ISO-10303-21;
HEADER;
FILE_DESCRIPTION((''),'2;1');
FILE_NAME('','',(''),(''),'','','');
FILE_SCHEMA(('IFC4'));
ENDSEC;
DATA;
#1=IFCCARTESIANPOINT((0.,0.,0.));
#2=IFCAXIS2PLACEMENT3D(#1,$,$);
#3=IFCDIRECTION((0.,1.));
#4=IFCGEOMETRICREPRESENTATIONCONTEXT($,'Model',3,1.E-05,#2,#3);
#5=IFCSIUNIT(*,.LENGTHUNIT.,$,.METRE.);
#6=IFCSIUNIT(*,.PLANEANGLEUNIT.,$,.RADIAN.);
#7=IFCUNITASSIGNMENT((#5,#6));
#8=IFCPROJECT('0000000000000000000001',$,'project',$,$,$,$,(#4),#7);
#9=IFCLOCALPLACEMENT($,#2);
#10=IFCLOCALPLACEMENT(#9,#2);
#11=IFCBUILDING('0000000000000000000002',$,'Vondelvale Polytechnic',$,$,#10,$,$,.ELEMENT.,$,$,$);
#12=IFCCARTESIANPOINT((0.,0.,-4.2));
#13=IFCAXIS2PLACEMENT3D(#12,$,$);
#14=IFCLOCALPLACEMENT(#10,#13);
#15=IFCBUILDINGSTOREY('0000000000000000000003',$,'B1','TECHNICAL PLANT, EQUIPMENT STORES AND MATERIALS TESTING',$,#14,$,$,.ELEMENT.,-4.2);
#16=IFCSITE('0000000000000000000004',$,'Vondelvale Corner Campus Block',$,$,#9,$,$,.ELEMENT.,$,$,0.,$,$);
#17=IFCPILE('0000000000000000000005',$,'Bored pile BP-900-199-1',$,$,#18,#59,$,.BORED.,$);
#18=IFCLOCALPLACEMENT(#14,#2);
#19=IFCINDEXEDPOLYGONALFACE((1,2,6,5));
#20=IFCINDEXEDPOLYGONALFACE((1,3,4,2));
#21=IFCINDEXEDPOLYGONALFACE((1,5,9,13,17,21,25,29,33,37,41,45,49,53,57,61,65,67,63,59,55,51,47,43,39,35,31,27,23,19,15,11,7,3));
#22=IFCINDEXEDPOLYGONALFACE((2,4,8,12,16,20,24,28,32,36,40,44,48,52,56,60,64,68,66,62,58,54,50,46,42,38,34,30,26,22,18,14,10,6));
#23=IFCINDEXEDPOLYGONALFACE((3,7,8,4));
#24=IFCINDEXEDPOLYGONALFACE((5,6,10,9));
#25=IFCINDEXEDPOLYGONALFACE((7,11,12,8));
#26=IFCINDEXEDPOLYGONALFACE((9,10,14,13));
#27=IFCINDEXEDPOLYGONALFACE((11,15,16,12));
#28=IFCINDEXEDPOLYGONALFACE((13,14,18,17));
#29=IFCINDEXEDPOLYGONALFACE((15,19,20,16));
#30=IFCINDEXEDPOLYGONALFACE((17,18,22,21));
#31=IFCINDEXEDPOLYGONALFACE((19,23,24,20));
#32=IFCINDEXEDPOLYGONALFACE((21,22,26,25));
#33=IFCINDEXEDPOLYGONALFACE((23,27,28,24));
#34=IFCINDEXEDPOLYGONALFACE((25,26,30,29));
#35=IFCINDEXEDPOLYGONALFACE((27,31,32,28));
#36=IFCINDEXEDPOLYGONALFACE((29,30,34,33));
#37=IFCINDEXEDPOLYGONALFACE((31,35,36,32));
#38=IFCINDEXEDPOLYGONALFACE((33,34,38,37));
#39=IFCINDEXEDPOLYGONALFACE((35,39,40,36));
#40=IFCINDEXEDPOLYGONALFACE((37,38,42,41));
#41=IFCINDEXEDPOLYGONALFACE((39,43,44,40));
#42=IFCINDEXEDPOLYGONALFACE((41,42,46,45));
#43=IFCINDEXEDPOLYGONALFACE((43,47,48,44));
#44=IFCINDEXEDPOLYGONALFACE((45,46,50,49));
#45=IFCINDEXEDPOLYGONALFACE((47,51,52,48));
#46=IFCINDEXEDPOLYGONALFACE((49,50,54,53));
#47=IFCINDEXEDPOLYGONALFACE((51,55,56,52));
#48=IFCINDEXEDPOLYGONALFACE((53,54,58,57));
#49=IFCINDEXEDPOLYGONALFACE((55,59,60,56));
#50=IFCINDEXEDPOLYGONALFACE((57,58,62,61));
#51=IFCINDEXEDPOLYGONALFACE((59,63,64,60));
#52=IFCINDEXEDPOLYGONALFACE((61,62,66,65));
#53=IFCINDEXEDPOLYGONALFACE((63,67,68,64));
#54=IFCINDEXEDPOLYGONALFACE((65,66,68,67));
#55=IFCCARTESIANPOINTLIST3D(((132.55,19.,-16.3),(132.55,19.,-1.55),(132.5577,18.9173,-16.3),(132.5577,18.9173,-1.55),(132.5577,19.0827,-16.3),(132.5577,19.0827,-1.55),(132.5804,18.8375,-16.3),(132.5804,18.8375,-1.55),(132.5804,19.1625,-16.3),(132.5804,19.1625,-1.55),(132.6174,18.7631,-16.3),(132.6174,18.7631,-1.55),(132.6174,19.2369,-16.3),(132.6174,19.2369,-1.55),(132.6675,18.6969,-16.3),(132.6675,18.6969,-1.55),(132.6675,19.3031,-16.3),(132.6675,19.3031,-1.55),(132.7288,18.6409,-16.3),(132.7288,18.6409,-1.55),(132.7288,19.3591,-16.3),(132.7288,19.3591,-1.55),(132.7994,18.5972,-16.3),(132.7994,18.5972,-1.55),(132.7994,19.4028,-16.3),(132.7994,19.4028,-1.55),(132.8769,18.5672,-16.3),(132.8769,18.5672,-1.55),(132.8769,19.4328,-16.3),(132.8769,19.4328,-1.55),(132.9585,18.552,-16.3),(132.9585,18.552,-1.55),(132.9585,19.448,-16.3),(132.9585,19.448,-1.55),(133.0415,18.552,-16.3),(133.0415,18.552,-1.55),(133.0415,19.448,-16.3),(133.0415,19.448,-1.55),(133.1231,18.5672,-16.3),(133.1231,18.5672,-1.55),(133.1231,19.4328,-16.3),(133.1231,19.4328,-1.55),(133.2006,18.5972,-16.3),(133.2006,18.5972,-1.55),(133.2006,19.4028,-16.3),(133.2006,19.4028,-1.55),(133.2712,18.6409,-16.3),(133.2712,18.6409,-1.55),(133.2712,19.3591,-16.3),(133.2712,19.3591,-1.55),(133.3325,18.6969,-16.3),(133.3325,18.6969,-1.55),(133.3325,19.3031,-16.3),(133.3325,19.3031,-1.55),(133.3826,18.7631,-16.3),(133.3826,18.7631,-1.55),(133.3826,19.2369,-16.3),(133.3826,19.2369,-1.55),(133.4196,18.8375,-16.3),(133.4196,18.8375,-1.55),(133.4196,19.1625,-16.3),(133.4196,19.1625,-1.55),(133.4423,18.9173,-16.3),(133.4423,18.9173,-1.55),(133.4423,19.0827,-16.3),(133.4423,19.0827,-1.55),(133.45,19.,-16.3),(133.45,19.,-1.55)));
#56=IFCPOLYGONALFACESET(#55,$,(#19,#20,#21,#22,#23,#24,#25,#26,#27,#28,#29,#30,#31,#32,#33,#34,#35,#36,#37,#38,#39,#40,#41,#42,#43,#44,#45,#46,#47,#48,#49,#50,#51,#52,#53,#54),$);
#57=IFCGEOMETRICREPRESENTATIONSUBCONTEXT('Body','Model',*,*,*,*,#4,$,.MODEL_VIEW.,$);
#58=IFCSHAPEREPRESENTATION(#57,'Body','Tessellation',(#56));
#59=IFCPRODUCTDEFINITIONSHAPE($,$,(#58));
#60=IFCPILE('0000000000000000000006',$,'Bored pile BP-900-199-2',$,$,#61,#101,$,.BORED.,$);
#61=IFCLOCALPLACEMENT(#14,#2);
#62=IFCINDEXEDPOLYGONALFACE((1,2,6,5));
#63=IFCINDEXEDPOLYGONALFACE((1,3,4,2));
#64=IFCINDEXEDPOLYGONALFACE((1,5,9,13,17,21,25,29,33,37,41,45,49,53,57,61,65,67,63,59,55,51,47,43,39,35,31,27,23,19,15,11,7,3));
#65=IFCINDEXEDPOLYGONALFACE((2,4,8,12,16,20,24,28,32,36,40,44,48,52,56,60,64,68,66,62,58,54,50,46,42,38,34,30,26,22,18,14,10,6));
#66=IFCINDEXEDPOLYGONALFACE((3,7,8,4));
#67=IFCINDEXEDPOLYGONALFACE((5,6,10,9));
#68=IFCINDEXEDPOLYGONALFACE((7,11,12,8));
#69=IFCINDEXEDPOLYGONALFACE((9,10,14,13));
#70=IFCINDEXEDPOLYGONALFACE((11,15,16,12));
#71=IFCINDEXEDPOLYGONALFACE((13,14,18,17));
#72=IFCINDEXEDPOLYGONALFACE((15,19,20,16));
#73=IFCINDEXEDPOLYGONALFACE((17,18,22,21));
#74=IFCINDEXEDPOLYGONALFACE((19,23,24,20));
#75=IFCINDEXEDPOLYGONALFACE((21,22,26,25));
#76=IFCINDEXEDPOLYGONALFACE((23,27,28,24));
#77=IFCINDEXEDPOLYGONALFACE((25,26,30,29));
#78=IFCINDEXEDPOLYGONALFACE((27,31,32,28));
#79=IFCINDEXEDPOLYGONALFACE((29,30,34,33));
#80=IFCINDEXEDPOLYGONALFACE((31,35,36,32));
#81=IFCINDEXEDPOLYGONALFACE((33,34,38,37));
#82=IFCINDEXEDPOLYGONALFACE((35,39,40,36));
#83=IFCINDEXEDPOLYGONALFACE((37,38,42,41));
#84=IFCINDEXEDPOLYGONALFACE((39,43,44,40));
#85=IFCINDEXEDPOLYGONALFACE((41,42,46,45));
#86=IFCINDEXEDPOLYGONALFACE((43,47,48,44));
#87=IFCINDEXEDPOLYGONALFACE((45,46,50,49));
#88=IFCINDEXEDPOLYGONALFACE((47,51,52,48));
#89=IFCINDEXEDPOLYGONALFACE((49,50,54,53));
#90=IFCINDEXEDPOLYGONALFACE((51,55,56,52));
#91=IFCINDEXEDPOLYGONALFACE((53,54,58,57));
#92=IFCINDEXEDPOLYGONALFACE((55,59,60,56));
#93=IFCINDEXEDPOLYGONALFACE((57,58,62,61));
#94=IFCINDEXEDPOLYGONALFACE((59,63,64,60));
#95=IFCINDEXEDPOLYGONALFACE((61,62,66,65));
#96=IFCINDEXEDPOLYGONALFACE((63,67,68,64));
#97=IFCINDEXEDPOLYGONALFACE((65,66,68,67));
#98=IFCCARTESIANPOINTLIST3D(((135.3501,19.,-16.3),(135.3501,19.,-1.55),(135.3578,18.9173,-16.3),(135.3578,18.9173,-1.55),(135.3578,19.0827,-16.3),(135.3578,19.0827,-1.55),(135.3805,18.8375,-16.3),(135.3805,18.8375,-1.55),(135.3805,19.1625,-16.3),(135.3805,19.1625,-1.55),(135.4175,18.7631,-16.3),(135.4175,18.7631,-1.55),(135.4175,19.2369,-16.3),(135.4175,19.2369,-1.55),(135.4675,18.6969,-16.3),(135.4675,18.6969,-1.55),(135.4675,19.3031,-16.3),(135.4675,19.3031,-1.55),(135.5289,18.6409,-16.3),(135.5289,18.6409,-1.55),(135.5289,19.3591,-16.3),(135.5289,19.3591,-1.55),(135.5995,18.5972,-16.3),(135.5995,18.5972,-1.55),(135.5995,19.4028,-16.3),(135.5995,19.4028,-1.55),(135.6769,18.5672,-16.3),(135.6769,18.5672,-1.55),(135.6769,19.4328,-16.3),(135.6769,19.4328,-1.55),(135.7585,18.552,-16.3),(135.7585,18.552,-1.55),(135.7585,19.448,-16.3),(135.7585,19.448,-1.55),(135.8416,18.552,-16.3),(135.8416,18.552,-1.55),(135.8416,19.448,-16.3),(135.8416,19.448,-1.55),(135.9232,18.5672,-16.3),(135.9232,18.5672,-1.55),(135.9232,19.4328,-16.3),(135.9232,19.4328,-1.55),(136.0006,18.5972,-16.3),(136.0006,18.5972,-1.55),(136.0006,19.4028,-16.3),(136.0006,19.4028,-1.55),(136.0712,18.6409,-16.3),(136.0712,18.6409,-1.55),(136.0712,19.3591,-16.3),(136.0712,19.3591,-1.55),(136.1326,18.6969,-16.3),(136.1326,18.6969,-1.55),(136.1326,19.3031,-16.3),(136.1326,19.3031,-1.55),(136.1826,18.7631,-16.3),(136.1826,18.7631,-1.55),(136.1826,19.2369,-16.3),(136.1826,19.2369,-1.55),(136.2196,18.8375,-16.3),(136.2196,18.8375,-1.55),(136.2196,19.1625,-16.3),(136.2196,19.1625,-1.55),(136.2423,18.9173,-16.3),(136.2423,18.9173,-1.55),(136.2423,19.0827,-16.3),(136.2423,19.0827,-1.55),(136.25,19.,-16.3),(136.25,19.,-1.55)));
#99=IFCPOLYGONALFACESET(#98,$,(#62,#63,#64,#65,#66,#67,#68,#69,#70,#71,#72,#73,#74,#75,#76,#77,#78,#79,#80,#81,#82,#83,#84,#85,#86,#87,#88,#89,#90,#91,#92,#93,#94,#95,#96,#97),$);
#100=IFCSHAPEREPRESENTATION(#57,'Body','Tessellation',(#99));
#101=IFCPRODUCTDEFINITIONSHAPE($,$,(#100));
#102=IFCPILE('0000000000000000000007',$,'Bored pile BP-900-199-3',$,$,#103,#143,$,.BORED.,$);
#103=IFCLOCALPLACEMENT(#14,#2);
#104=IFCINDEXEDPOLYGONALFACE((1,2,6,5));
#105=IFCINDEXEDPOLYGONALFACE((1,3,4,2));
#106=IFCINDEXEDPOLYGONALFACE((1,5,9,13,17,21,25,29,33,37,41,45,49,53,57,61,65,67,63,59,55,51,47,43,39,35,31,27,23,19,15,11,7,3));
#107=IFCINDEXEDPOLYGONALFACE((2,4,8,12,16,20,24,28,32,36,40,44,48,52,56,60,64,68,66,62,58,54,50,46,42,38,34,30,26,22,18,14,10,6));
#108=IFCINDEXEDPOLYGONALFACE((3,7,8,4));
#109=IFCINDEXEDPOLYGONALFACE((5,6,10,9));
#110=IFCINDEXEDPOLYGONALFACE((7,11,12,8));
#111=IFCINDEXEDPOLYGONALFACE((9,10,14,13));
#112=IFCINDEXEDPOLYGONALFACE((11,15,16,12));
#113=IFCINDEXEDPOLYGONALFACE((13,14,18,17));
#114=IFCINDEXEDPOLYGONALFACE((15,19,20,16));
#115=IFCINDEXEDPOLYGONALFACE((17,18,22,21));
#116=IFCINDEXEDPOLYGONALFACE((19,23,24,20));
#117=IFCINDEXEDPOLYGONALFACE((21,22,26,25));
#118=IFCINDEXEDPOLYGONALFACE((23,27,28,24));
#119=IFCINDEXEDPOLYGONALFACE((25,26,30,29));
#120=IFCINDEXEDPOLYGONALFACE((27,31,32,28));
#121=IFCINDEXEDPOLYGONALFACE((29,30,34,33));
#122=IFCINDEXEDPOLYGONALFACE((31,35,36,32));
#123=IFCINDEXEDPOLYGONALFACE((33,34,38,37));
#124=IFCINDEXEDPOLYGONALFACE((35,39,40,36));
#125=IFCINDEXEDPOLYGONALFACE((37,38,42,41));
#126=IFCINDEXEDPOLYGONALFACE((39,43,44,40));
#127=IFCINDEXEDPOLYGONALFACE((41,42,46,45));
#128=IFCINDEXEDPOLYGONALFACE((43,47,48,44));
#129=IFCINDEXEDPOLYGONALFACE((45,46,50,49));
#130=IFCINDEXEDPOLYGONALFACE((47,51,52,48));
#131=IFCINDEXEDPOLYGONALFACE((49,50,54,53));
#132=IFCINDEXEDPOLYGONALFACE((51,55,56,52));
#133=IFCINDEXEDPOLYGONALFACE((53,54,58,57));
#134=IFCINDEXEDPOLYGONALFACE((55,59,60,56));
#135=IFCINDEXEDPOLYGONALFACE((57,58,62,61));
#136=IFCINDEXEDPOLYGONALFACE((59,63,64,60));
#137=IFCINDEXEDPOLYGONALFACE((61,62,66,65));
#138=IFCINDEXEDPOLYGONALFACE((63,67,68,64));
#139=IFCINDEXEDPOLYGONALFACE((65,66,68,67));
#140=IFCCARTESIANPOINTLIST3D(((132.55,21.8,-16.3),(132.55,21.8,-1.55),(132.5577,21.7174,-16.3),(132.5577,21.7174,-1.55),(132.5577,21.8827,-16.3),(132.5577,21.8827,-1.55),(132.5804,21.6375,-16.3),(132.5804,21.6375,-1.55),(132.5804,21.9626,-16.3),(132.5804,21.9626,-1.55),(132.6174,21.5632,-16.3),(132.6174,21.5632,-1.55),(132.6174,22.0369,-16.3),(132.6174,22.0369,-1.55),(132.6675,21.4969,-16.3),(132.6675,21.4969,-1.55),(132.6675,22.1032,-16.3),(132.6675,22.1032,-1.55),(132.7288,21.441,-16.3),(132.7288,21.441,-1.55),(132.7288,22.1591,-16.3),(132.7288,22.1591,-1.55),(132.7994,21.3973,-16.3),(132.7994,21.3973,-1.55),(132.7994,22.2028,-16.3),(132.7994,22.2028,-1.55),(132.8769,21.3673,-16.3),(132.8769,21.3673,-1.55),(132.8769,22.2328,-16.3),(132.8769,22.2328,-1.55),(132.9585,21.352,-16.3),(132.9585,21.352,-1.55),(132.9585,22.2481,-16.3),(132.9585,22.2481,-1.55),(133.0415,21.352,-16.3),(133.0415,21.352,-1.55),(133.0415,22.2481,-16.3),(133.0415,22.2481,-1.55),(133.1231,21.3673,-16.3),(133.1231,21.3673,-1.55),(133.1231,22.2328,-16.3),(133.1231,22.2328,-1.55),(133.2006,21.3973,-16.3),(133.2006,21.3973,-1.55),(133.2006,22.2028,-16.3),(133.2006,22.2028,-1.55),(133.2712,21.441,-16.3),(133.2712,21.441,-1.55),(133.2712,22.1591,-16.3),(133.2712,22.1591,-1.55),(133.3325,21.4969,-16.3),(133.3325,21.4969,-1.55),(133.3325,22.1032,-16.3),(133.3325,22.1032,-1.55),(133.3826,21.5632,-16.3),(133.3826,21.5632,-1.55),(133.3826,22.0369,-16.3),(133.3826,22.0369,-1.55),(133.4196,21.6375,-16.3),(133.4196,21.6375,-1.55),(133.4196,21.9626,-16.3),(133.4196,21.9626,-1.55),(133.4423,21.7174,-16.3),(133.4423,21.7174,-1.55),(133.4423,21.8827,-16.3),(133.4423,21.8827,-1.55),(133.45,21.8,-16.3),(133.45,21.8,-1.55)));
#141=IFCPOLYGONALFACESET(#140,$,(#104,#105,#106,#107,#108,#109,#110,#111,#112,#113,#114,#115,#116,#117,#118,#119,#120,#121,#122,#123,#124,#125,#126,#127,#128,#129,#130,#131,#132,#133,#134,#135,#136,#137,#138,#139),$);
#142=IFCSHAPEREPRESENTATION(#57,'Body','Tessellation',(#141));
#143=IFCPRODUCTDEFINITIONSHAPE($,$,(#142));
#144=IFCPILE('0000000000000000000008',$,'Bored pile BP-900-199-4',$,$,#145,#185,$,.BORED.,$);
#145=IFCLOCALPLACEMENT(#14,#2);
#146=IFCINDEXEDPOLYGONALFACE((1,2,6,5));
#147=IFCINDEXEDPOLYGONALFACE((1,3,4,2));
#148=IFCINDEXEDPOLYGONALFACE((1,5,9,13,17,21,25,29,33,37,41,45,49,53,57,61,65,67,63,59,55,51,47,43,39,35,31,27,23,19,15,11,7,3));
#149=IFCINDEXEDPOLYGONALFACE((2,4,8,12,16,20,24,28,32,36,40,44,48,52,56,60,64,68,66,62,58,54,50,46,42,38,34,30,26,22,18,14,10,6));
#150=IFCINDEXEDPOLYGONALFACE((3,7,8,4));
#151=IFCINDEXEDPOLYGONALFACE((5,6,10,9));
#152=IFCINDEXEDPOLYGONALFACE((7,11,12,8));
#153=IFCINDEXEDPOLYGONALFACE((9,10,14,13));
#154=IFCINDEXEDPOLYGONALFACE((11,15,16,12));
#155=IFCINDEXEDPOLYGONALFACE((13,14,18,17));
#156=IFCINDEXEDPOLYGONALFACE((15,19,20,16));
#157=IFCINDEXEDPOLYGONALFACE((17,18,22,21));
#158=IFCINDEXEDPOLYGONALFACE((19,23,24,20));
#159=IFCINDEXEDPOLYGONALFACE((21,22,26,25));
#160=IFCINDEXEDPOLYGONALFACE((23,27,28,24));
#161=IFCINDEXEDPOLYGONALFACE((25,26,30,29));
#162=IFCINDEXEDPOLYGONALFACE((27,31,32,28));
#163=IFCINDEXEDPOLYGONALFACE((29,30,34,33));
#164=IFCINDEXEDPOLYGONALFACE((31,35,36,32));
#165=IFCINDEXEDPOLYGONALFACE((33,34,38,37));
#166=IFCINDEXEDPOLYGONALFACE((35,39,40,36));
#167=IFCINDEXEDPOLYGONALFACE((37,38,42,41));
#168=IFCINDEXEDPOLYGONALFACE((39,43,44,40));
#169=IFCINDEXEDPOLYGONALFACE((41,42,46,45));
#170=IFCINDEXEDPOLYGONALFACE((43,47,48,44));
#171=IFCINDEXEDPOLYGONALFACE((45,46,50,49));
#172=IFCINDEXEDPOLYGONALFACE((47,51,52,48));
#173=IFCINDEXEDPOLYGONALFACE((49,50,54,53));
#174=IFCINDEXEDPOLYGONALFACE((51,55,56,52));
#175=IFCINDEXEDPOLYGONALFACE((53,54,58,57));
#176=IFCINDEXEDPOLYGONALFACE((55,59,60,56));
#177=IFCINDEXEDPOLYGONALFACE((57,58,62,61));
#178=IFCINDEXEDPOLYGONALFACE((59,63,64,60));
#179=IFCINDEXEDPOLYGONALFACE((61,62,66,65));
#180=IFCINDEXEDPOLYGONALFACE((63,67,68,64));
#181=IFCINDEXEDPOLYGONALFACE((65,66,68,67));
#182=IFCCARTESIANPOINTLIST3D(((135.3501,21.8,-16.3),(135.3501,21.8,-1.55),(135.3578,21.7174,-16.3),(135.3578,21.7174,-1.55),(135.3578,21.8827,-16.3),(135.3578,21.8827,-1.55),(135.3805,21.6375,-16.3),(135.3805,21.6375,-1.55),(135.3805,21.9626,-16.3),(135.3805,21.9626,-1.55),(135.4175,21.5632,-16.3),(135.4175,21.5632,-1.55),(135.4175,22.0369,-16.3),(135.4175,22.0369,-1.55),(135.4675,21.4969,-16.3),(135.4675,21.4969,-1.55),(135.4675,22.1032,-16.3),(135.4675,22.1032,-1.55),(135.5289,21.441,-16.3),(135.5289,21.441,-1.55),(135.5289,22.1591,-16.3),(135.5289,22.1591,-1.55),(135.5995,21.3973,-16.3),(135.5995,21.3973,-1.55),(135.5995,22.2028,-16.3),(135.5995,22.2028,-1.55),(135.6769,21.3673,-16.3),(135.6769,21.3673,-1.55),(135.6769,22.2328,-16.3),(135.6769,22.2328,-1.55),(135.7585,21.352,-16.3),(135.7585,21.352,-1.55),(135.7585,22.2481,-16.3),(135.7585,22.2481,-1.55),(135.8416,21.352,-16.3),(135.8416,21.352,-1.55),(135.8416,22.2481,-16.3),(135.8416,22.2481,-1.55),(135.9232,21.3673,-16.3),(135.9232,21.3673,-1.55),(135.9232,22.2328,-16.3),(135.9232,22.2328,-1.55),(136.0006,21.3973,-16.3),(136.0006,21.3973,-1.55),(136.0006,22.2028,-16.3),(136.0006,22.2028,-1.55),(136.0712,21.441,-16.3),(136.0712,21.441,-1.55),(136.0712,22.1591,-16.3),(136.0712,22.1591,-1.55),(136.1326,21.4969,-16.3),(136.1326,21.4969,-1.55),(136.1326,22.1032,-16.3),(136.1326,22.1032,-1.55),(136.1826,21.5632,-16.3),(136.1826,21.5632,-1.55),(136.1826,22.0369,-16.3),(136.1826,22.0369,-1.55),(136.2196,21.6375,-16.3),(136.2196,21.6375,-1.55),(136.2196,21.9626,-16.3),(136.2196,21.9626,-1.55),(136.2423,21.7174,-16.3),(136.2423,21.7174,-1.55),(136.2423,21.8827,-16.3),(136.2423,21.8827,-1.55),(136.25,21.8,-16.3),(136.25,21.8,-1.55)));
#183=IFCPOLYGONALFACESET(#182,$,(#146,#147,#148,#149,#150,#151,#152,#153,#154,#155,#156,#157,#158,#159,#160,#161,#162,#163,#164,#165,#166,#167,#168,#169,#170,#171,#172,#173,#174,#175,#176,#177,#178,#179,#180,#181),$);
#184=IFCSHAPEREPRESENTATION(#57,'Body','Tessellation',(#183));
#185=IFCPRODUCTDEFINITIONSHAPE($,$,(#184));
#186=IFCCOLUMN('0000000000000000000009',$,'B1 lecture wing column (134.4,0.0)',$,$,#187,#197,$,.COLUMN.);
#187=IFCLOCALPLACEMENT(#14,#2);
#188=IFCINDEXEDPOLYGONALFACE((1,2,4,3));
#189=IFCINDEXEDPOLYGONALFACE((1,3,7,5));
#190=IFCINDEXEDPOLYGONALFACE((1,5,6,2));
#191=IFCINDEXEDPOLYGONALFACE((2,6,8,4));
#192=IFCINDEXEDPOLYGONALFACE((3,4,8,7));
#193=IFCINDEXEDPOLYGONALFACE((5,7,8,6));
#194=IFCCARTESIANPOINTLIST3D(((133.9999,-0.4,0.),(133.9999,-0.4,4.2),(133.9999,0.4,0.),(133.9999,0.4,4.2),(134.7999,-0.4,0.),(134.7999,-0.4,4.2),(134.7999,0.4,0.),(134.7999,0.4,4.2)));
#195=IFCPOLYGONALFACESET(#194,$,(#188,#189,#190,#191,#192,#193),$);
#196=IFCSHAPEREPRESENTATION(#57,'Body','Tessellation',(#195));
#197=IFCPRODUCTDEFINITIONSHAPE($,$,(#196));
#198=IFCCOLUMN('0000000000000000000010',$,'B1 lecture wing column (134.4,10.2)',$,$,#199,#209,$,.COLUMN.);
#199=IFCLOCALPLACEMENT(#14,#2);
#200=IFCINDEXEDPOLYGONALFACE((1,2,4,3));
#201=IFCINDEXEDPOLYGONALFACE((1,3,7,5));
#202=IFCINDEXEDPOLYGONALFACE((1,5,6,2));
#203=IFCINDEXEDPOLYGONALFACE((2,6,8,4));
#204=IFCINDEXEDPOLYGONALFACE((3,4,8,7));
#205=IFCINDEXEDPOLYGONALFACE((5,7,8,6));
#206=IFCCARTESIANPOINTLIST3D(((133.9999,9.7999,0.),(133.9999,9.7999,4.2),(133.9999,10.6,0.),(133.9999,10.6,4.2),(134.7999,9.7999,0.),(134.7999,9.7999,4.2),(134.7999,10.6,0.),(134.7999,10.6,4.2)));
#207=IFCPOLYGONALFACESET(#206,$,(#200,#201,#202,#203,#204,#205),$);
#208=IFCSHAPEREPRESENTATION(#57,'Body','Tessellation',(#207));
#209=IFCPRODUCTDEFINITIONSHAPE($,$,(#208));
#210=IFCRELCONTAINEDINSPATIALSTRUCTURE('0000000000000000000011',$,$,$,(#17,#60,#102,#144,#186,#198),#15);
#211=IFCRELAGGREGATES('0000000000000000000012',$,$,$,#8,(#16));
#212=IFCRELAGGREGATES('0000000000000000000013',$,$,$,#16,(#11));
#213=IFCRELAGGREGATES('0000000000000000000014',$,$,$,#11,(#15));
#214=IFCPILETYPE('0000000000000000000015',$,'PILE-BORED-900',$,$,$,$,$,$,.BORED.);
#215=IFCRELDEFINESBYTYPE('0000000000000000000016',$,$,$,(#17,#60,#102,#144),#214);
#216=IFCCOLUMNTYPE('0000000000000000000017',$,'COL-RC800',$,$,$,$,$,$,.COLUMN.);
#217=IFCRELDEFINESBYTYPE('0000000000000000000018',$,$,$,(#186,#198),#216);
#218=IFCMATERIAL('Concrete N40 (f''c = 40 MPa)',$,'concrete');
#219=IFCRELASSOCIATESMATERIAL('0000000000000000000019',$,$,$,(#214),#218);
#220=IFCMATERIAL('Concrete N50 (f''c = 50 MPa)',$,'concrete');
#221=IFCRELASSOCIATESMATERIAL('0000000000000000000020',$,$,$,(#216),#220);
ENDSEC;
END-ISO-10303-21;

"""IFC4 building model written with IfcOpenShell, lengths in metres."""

from ifc_helpers import new_model, si_unit, direction, frame, origin, origin_2d, place, context, subcontext, project, spatial, rectangle, circle, extrude, material, material_profile, profile_set, type_object, element, save


model = new_model("IFC4")

# Units and contexts
model_context = context("Model", 3, precision=1e-05, world=origin(), true_north=direction((0.0, 1.0)))
body_context = subcontext(model_context, "Body", "Model", "MODEL_VIEW")
ifc_project = project(units=[si_unit("LENGTHUNIT", "METRE"), si_unit("PLANEANGLEUNIT", "RADIAN")], contexts=[model_context])

# Site, building, storey
site_placement = place(None, origin())
site = spatial("IfcSite", under=ifc_project, at=site_placement, Name="Vondelvale Corner Campus Block", CompositionType="ELEMENT", RefElevation=0.0)
building_placement = place(site_placement, origin())
building = spatial("IfcBuilding", under=site, at=building_placement, Name="Vondelvale Polytechnic", CompositionType="ELEMENT")
storey_placement = place(building_placement, frame((0.0, 0.0, -4.2)))
storey = spatial("IfcBuildingStorey", under=building, at=storey_placement, Name="B1", Description="TECHNICAL PLANT, EQUIPMENT STORES AND MATERIALS TESTING", CompositionType="ELEMENT", Elevation=-4.2)

# Shared definitions
ifc_material_1 = material(Name="Concrete N40 (f'c = 40 MPa)", Category="concrete")

# Piles
ifc_material_profile_1 = material_profile(ifc_material_1, circle(Radius=0.45, at=origin_2d()), Name="PILE-D900")
ifc_profile_set_1 = profile_set([ifc_material_profile_1], Name="Concrete N40 (f'c = 40 MPa)")
pile_type_1 = type_object("IfcPileType", Name="PILE-BORED-900", PredefinedType="BORED", material=ifc_profile_set_1)
for number, where, z_axis, x_axis, name in (
    (1, (133.0, 19.0, -1.55), (0.0, 0.0, -1.0), (1.0, 0.0, 0.0), "Bored pile BP-900-199-1"),
    (2, (135.8, 19.0, -1.55), (0.0, 0.0, -1.0), (1.0, 0.0, 0.0), "Bored pile BP-900-199-2"),
    (3, (133.0, 21.8, -1.55), (0.0, 0.0, -1.0), (1.0, 0.0, 0.0), "Bored pile BP-900-199-3"),
    (4, (135.8, 21.8, -1.55), (0.0, 0.0, -1.0), (1.0, 0.0, 0.0), "Bored pile BP-900-199-4"),
):
    element("IfcPile", number, at=place(storey_placement, frame(where, z_axis=z_axis, x_axis=x_axis)), inside=storey, type_object=pile_type_1, Name=name, PredefinedType="BORED", context=body_context, shape_type="SweptSolid", body=[
        extrude(circle(Radius=0.45, at=origin_2d()), origin(), (0.0, 0.0, 1.0), 14.75),
    ])

# Columns
ifc_material_2 = material(Name="Concrete N50 (f'c = 50 MPa)", Category="concrete")
ifc_material_profile_2 = material_profile(ifc_material_2, rectangle(XDim=0.8, YDim=0.8, at=origin_2d()), Name="RC-COL-800x800")
ifc_profile_set_2 = profile_set([ifc_material_profile_2], Name="Concrete N50 (f'c = 50 MPa)")
column_type_1 = type_object("IfcColumnType", Name="COL-RC800", PredefinedType="COLUMN", material=ifc_profile_set_2)
for number, where, z_axis, x_axis, name in (
    (5, (134.3999, 0.0, 0.0), (0.0, 0.0, 1.0), (1.0, 0.0, 0.0), "B1 lecture wing column (134.4,0.0)"),
    (6, (134.3999, 10.2, 0.0), (0.0, 0.0, 1.0), (1.0, 0.0, 0.0), "B1 lecture wing column (134.4,10.2)"),
):
    element("IfcColumn", number, at=place(storey_placement, frame(where, z_axis=z_axis, x_axis=x_axis)), inside=storey, type_object=column_type_1, Name=name, PredefinedType="COLUMN", context=body_context, shape_type="SweptSolid", body=[
        extrude(rectangle(XDim=0.8, YDim=0.8, at=origin_2d()), origin(), (0.0, 0.0, 1.0), 4.2),
    ])

save(model, "model.ifc")
